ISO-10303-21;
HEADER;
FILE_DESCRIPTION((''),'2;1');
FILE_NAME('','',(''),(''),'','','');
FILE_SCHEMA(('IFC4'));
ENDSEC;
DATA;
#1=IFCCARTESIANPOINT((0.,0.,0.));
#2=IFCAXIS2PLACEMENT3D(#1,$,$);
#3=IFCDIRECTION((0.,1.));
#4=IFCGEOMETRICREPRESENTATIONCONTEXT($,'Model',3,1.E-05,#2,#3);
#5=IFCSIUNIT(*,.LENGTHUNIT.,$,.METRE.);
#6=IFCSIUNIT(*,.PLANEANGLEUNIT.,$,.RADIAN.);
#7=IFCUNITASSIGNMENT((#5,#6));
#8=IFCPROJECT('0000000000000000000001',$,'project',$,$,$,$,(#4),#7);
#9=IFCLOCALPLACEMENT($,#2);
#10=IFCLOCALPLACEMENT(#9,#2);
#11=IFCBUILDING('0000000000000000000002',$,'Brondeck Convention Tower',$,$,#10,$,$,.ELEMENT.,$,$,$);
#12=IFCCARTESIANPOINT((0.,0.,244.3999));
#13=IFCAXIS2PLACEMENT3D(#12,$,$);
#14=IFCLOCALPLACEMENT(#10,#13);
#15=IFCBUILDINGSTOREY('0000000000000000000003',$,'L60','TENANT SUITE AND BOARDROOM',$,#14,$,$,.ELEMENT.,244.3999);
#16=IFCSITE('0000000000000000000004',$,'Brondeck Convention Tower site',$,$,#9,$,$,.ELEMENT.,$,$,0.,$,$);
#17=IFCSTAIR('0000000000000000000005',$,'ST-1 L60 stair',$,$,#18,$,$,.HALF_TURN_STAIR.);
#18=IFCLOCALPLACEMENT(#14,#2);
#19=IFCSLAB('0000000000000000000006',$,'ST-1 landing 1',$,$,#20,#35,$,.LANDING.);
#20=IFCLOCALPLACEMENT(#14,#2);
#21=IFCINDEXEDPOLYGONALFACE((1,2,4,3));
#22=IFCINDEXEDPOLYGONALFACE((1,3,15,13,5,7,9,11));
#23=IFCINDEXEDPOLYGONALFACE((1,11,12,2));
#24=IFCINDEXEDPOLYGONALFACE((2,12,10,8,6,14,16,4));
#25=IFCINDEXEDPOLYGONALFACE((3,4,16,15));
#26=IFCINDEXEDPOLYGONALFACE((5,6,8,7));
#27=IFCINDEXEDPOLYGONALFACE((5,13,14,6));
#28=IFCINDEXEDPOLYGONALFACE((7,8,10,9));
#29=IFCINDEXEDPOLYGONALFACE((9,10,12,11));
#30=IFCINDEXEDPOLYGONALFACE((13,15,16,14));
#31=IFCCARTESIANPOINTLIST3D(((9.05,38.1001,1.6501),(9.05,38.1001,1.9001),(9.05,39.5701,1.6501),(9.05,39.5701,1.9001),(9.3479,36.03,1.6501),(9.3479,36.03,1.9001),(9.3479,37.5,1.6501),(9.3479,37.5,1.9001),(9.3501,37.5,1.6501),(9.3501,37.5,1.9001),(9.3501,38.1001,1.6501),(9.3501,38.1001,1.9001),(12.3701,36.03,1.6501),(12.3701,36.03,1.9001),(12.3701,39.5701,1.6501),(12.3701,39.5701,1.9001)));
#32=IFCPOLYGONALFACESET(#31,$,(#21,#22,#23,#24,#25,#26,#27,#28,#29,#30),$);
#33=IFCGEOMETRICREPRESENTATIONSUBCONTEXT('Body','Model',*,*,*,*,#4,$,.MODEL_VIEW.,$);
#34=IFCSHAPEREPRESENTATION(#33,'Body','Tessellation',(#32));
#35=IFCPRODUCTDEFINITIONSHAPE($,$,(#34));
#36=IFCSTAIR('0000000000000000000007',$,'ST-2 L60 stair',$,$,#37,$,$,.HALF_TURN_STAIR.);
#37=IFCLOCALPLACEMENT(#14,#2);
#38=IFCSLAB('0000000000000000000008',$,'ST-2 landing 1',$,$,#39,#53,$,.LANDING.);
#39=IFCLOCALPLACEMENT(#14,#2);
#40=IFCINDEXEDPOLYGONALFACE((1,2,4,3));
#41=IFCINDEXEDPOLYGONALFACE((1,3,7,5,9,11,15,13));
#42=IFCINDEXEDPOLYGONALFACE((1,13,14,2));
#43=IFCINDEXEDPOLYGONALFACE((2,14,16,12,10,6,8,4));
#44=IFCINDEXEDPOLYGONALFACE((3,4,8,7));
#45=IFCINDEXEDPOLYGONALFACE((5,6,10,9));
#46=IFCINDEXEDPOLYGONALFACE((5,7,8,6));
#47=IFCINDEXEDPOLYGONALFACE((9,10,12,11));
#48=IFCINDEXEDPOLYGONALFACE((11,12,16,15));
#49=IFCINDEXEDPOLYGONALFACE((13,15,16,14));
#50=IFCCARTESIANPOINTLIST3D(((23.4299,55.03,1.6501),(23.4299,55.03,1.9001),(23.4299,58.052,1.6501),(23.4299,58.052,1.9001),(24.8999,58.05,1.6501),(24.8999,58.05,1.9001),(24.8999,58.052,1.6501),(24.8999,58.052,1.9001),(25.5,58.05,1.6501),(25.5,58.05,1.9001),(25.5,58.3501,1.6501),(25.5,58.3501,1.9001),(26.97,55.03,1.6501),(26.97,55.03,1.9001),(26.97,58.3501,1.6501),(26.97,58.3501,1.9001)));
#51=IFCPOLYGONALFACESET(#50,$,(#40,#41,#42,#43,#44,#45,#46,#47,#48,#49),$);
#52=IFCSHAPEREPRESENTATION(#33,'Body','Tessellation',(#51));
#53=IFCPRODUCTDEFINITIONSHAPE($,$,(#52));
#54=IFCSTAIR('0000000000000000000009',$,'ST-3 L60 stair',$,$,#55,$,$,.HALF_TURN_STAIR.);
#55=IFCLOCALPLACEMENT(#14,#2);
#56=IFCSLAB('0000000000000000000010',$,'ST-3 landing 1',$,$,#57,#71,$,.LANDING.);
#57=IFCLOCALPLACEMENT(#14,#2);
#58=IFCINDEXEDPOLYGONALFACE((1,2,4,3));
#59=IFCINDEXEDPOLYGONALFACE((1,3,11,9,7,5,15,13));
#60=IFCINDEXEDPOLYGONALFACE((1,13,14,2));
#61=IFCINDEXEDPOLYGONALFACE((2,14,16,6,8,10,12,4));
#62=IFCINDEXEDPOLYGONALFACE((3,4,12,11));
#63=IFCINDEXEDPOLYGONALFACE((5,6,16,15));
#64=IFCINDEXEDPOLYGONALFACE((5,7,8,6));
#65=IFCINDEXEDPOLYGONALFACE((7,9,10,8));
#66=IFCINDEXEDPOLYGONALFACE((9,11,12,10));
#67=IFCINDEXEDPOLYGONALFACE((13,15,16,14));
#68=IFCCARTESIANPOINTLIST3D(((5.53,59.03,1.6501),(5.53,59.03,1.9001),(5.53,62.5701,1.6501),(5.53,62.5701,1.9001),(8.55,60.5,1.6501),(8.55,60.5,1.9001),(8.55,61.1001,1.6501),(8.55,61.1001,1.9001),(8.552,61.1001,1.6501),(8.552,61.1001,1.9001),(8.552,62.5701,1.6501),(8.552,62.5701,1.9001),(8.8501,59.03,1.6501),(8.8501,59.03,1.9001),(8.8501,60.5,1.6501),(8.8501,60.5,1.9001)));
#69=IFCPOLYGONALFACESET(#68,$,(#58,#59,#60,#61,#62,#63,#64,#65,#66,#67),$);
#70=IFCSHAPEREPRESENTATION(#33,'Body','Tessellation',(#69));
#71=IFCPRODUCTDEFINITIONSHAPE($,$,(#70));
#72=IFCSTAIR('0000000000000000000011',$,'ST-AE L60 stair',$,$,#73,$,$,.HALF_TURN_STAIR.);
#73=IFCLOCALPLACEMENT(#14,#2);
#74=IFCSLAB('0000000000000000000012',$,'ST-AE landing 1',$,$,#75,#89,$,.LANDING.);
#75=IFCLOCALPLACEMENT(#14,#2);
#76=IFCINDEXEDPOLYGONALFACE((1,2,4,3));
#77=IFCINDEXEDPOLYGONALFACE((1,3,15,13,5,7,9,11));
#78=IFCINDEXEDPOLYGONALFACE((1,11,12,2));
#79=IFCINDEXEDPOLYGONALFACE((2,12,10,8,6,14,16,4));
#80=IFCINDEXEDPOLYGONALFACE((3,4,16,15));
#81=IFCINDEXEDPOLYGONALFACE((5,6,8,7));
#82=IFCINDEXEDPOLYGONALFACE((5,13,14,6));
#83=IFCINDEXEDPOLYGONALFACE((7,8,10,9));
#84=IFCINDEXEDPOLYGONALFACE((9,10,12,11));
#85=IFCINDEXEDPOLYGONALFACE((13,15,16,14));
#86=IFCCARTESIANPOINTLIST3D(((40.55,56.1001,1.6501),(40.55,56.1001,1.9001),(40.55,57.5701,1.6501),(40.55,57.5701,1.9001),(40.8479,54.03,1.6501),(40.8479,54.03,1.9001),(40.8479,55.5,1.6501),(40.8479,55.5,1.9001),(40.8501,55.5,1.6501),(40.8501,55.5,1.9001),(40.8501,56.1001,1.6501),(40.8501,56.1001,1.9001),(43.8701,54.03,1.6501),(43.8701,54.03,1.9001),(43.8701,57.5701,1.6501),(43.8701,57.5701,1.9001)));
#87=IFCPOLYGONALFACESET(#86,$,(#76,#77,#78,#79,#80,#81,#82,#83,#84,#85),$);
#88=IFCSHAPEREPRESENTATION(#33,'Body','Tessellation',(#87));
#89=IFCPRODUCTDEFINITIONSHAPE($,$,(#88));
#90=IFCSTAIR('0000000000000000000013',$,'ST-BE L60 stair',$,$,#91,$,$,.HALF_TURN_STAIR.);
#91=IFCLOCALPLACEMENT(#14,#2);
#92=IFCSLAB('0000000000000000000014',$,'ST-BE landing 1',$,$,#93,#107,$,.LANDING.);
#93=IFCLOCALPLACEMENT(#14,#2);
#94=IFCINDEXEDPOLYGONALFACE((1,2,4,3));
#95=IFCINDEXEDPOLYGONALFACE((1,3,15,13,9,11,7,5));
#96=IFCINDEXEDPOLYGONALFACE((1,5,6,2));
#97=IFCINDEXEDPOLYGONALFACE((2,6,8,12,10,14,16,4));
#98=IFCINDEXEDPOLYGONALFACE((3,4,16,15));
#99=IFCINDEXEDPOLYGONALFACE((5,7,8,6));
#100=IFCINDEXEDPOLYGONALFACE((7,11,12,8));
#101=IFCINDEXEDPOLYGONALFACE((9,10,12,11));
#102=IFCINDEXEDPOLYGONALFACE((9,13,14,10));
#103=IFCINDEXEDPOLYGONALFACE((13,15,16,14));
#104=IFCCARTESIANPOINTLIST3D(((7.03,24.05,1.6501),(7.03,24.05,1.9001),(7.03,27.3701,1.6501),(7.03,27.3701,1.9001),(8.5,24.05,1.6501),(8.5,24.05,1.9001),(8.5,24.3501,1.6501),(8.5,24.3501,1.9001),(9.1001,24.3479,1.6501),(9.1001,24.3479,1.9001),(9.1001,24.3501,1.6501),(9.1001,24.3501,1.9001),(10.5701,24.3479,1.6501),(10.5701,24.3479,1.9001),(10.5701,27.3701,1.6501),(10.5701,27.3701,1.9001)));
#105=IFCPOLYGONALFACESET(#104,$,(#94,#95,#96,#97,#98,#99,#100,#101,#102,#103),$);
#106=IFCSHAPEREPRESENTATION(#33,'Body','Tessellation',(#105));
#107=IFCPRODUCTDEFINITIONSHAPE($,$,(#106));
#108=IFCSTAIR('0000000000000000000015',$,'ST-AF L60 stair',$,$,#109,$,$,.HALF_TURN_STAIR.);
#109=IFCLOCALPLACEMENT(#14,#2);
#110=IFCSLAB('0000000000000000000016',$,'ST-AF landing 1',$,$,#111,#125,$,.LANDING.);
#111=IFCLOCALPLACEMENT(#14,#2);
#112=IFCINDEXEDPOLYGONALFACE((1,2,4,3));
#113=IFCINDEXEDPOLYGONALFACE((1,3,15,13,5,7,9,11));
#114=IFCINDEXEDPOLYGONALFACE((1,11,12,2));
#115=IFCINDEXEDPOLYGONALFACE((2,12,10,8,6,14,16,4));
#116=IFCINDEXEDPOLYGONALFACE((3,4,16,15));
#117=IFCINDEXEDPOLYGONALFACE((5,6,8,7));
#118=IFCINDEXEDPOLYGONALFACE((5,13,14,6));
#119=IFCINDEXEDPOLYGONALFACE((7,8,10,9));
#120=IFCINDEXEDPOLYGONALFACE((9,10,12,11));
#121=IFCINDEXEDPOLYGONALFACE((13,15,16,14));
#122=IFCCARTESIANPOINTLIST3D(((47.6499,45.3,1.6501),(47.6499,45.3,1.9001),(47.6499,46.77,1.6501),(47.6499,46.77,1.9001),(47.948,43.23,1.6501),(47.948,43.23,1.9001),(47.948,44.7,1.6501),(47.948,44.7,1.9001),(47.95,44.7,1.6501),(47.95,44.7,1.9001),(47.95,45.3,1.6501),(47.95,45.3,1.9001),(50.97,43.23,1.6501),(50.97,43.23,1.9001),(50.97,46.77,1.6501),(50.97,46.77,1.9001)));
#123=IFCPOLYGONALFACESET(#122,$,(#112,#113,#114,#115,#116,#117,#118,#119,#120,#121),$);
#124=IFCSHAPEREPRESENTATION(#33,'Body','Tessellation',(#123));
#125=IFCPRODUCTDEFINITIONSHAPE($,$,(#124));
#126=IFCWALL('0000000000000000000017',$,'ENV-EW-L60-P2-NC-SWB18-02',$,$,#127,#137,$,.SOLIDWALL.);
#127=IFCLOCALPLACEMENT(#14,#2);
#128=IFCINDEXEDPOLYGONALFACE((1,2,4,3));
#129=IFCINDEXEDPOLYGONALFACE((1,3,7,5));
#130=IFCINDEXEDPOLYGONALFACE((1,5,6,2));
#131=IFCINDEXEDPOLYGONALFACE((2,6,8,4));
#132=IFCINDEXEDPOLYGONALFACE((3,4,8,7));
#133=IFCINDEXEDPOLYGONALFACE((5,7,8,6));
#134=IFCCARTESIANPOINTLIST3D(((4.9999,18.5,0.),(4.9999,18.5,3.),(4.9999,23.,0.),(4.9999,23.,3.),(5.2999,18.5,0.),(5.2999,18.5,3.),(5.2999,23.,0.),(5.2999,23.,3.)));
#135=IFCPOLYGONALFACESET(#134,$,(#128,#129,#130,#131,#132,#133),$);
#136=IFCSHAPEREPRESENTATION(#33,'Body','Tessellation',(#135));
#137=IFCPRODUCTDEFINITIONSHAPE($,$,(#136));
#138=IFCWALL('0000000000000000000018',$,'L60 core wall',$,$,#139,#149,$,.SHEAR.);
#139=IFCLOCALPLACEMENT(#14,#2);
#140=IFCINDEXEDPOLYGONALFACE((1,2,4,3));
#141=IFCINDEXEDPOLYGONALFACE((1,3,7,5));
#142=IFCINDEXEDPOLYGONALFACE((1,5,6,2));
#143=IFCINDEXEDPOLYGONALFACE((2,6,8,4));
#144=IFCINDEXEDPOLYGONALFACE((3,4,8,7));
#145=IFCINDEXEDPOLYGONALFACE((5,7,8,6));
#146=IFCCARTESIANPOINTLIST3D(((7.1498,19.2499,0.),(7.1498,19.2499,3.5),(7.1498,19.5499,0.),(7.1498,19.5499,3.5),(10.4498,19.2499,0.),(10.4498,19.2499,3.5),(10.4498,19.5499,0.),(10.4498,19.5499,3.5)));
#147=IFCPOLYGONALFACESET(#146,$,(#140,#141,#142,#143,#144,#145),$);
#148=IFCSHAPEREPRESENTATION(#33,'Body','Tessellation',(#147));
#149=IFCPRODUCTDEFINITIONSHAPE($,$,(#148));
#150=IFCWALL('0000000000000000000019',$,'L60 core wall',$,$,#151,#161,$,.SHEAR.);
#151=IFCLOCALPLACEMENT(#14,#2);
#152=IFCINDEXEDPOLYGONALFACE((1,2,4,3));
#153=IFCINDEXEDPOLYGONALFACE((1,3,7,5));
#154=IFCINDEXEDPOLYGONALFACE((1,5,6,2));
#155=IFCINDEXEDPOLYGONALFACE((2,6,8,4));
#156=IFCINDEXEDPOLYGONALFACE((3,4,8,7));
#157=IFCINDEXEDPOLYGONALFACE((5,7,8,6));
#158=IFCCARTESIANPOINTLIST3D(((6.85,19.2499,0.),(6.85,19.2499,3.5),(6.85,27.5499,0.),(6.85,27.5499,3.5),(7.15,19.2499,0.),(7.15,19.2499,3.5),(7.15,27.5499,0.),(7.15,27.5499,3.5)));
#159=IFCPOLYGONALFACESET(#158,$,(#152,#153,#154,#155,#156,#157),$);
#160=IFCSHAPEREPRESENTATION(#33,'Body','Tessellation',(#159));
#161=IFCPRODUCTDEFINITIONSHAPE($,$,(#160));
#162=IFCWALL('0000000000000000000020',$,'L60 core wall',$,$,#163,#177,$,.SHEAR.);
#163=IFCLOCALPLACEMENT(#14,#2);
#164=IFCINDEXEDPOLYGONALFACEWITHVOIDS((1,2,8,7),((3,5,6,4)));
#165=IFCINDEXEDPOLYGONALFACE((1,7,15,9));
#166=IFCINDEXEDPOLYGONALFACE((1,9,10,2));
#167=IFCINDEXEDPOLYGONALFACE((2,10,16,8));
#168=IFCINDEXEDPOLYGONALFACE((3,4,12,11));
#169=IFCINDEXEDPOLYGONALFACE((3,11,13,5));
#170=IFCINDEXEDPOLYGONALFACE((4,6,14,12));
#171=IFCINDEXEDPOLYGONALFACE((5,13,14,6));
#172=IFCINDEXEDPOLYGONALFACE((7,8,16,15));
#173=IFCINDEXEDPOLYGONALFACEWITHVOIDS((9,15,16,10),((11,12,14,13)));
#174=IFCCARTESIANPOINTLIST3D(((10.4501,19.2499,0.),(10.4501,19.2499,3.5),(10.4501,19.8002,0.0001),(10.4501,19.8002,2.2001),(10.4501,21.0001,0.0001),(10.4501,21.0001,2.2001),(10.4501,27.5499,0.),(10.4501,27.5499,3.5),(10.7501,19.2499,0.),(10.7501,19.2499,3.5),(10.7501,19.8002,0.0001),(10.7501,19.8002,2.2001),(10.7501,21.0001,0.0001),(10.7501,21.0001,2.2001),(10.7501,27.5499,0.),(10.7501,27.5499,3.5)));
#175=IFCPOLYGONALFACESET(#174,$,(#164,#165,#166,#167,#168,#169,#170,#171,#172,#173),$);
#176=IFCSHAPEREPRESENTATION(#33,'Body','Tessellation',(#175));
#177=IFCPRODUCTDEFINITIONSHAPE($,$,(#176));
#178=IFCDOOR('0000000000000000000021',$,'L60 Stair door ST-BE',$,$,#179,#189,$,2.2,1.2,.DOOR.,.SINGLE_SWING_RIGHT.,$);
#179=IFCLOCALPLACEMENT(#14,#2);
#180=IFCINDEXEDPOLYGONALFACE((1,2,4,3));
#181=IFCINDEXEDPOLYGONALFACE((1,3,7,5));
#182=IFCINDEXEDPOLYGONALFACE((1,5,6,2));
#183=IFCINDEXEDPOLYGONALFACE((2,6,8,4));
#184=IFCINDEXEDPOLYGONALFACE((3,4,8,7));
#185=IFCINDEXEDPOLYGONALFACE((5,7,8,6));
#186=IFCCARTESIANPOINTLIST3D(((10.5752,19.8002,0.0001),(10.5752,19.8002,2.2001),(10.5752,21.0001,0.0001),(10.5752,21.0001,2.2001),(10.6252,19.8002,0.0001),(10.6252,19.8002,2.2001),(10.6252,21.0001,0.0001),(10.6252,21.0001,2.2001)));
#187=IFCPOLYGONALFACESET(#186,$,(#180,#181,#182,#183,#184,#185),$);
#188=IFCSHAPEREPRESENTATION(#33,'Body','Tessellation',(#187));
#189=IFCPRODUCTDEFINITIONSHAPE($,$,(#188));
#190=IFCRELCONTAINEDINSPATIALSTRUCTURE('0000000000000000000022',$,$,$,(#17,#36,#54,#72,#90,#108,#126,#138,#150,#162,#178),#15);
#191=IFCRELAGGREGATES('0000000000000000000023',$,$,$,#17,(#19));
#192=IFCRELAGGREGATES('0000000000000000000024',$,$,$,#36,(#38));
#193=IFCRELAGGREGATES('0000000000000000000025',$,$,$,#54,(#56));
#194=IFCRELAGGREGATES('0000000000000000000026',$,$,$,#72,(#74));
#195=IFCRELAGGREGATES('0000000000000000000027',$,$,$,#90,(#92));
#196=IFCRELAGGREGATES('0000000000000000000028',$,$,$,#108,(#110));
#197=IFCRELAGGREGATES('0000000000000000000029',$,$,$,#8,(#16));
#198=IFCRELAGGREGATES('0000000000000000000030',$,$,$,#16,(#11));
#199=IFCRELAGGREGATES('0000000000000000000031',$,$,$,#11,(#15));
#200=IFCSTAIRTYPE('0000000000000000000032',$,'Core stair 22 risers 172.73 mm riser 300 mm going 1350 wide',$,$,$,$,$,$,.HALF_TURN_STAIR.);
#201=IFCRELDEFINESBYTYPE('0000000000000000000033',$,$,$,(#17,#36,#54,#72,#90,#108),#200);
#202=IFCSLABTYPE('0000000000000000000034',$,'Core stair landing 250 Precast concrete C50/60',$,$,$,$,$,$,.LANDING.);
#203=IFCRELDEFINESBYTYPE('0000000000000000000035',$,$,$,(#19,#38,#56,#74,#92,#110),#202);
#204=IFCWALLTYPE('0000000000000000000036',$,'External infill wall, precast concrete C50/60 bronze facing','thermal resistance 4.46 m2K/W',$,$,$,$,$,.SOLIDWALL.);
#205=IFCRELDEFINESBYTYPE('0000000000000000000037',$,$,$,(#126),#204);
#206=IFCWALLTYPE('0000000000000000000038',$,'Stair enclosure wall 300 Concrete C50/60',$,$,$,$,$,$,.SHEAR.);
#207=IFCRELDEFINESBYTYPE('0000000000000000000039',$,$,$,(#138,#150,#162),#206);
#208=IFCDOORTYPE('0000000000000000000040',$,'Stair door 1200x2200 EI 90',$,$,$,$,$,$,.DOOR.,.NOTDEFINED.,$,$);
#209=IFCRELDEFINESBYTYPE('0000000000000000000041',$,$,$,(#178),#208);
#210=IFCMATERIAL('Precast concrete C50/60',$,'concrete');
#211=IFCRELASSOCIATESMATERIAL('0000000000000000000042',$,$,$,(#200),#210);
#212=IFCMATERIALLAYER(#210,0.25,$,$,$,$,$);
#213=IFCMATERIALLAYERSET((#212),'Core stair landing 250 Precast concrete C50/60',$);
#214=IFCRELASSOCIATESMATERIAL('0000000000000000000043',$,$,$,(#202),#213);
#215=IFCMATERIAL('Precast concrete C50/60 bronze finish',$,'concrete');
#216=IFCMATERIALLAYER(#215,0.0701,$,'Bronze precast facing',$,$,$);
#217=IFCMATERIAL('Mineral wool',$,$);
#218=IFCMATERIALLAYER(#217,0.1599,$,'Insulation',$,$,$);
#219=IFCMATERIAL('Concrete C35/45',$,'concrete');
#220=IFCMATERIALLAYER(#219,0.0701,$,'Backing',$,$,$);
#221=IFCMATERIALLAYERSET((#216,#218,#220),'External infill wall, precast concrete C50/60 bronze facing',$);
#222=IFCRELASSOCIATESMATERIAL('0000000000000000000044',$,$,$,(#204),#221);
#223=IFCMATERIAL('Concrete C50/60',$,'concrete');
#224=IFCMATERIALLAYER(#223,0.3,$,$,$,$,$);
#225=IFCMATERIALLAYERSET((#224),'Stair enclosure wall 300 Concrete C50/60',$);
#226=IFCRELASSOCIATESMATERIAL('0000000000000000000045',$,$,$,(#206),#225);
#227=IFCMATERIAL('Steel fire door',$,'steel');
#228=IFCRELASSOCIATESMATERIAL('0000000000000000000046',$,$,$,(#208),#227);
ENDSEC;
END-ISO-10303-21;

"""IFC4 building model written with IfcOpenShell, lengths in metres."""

from ifc_helpers import new_model, si_unit, direction, frame, frame_2d, origin, place, context, subcontext, project, spatial, polyline, rectangle, outline, extrude, material, layer, layer_set, type_object, element, fill, aggregate, save


model = new_model("IFC4")

# Units and contexts
model_context = context("Model", 3, precision=1e-05, world=origin(), true_north=direction((0.0, 1.0)))
body_context = subcontext(model_context, "Body", "Model", "MODEL_VIEW")
ifc_project = project(units=[si_unit("LENGTHUNIT", "METRE"), si_unit("PLANEANGLEUNIT", "RADIAN")], contexts=[model_context])

# Site, building, storey
site_placement = place(None, origin())
site = spatial("IfcSite", under=ifc_project, at=site_placement, Name="Brondeck Convention Tower site", CompositionType="ELEMENT", RefElevation=0.0)
building_placement = place(site_placement, origin())
building = spatial("IfcBuilding", under=site, at=building_placement, Name="Brondeck Convention Tower", CompositionType="ELEMENT")
storey_placement = place(building_placement, frame((0.0, 0.0, 244.3999)))
storey = spatial("IfcBuildingStorey", under=building, at=storey_placement, Name="L60", Description="TENANT SUITE AND BOARDROOM", CompositionType="ELEMENT", Elevation=244.3999)

# Shared definitions
ifc_material_1 = material(Name="Concrete C50/60", Category="concrete")

# Shared definitions
ifc_material_2 = material(Name="Concrete C35/45", Category="concrete")

# Stairs, slabs
ifc_material_3 = material(Name="Precast concrete C50/60", Category="concrete")
stair_type = type_object("IfcStairType", Name="Core stair 22 risers 172.73 mm riser 300 mm going 1350 wide", PredefinedType="HALF_TURN_STAIR", material=ifc_material_3)
stair_1_placement = place(storey_placement, origin())
stair_1 = element("IfcStair", 1, at=stair_1_placement, inside=storey, type_object=stair_type, Name="ST-1 L60 stair", PredefinedType="HALF_TURN_STAIR")
ifc_layer_1 = layer(ifc_material_3, 0.25)
ifc_layer_set_1 = layer_set([ifc_layer_1], Name="Core stair landing 250 Precast concrete C50/60")
slab_type_1 = type_object("IfcSlabType", Name="Core stair landing 250 Precast concrete C50/60", PredefinedType="LANDING", material=ifc_layer_set_1)
slab_1_placement = place(storey_placement, frame((0.0, 0.0, 1.6501)))
slab_1 = element("IfcSlab", 2, at=slab_1_placement, type_object=slab_type_1, Name="ST-1 landing 1", PredefinedType="LANDING", context=body_context, shape_type="SweptSolid", body=[
    extrude(outline(polyline([(9.3479, 37.5), (9.3501, 37.5), (9.3501, 38.1001), (9.05, 38.1001), (9.05, 39.5701), (12.3701, 39.5701), (12.3701, 36.03), (9.3479, 36.03), (9.3479, 37.5)])), origin(), (0.0, 0.0, 1.0), 0.25),
])
aggregate(stair_1, [slab_1])
stair_2_placement = place(storey_placement, origin())
stair_2 = element("IfcStair", 3, at=stair_2_placement, inside=storey, type_object=stair_type, Name="ST-2 L60 stair", PredefinedType="HALF_TURN_STAIR")
slab_2_placement = place(storey_placement, frame((0.0, 0.0, 1.6501)))
slab_2 = element("IfcSlab", 4, at=slab_2_placement, type_object=slab_type_1, Name="ST-2 landing 1", PredefinedType="LANDING", context=body_context, shape_type="SweptSolid", body=[
    extrude(outline(polyline([(23.4299, 58.052), (24.8999, 58.052), (24.8999, 58.05), (25.5, 58.05), (25.5, 58.3501), (26.97, 58.3501), (26.97, 55.03), (23.4299, 55.03), (23.4299, 58.052)])), origin(), (0.0, 0.0, 1.0), 0.25),
])
aggregate(stair_2, [slab_2])
stair_3_placement = place(storey_placement, origin())
stair_3 = element("IfcStair", 5, at=stair_3_placement, inside=storey, type_object=stair_type, Name="ST-3 L60 stair", PredefinedType="HALF_TURN_STAIR")
slab_3_placement = place(storey_placement, frame((0.0, 0.0, 1.6501)))
slab_3 = element("IfcSlab", 6, at=slab_3_placement, type_object=slab_type_1, Name="ST-3 landing 1", PredefinedType="LANDING", context=body_context, shape_type="SweptSolid", body=[
    extrude(outline(polyline([(8.8501, 60.5), (8.8501, 59.03), (5.53, 59.03), (5.53, 62.5701), (8.552, 62.5701), (8.552, 61.1001), (8.55, 61.1001), (8.55, 60.5), (8.8501, 60.5)])), origin(), (0.0, 0.0, 1.0), 0.25),
])
aggregate(stair_3, [slab_3])
stair_4_placement = place(storey_placement, origin())
stair_4 = element("IfcStair", 7, at=stair_4_placement, inside=storey, type_object=stair_type, Name="ST-AE L60 stair", PredefinedType="HALF_TURN_STAIR")
slab_4_placement = place(storey_placement, frame((0.0, 0.0, 1.6501)))
slab_4 = element("IfcSlab", 8, at=slab_4_placement, type_object=slab_type_1, Name="ST-AE landing 1", PredefinedType="LANDING", context=body_context, shape_type="SweptSolid", body=[
    extrude(outline(polyline([(40.8479, 55.5), (40.8501, 55.5), (40.8501, 56.1001), (40.55, 56.1001), (40.55, 57.5701), (43.8701, 57.5701), (43.8701, 54.03), (40.8479, 54.03), (40.8479, 55.5)])), origin(), (0.0, 0.0, 1.0), 0.25),
])
aggregate(stair_4, [slab_4])
stair_5_placement = place(storey_placement, origin())
stair_5 = element("IfcStair", 9, at=stair_5_placement, inside=storey, type_object=stair_type, Name="ST-BE L60 stair", PredefinedType="HALF_TURN_STAIR")
slab_5_placement = place(storey_placement, frame((0.0, 0.0, 1.6501)))
slab_5 = element("IfcSlab", 10, at=slab_5_placement, type_object=slab_type_1, Name="ST-BE landing 1", PredefinedType="LANDING", context=body_context, shape_type="SweptSolid", body=[
    extrude(outline(polyline([(7.03, 24.05), (7.03, 27.3701), (10.5701, 27.3701), (10.5701, 24.3479), (9.1001, 24.3479), (9.1001, 24.3501), (8.5, 24.3501), (8.5, 24.05), (7.03, 24.05)])), origin(), (0.0, 0.0, 1.0), 0.25),
])
aggregate(stair_5, [slab_5])
stair_6_placement = place(storey_placement, origin())
stair_6 = element("IfcStair", 11, at=stair_6_placement, inside=storey, type_object=stair_type, Name="ST-AF L60 stair", PredefinedType="HALF_TURN_STAIR")
slab_6_placement = place(storey_placement, frame((0.0, 0.0, 1.6501)))
slab_6 = element("IfcSlab", 12, at=slab_6_placement, type_object=slab_type_1, Name="ST-AF landing 1", PredefinedType="LANDING", context=body_context, shape_type="SweptSolid", body=[
    extrude(outline(polyline([(47.948, 44.7), (47.95, 44.7), (47.95, 45.3), (47.6499, 45.3), (47.6499, 46.77), (50.97, 46.77), (50.97, 43.23), (47.948, 43.23), (47.948, 44.7)])), origin(), (0.0, 0.0, 1.0), 0.25),
])
aggregate(stair_6, [slab_6])

# Walls
ifc_material_4 = material(Name="Precast concrete C50/60 bronze finish", Category="concrete")
ifc_layer_2 = layer(ifc_material_4, 0.0701, Name="Bronze precast facing")
ifc_material_5 = material(Name="Mineral wool")
ifc_layer_3 = layer(ifc_material_5, 0.1599, Name="Insulation")
ifc_layer_4 = layer(ifc_material_2, 0.0701, Name="Backing")
ifc_layer_set_2 = layer_set([ifc_layer_2, ifc_layer_3, ifc_layer_4], Name="External infill wall, precast concrete C50/60 bronze facing")
wall_type_1 = type_object("IfcWallType", Name="External infill wall, precast concrete C50/60 bronze facing", Description="thermal resistance 4.46 m2K/W", PredefinedType="SOLIDWALL", material=ifc_layer_set_2)
wall_1_placement = place(storey_placement, frame((5.1499, 18.5, 0.0), z_axis=(0.0, 0.0, 1.0), x_axis=(0.0, 1.0, 0.0)))
element("IfcWall", 13, at=wall_1_placement, inside=storey, type_object=wall_type_1, Name="ENV-EW-L60-P2-NC-SWB18-02", PredefinedType="SOLIDWALL", context=body_context, shape_type="SweptSolid", body=[
    extrude(rectangle(XDim=4.5, YDim=0.3, at=frame_2d((2.25, 0.0))), origin(), (0.0, 0.0, 1.0), 3.0),
])
ifc_layer_5 = layer(ifc_material_1, 0.3)
ifc_layer_set_3 = layer_set([ifc_layer_5], Name="Stair enclosure wall 300 Concrete C50/60")
wall_type_2 = type_object("IfcWallType", Name="Stair enclosure wall 300 Concrete C50/60", PredefinedType="SHEAR", material=ifc_layer_set_3)
wall_2_placement = place(storey_placement, frame((7.1499, 19.3999, 0.0), z_axis=(0.0, 0.0, 1.0), x_axis=(1.0, 0.0, 0.0)))
element("IfcWall", 14, at=wall_2_placement, inside=storey, type_object=wall_type_2, Name="L60 core wall", PredefinedType="SHEAR", context=body_context, shape_type="SweptSolid", body=[
    extrude(rectangle(XDim=3.3, YDim=0.3, at=frame_2d((1.6499, 0.0))), origin(), (0.0, 0.0, 1.0), 3.5),
])
wall_3_placement = place(storey_placement, frame((7.0, 19.25, 0.0), z_axis=(0.0, 0.0, 1.0), x_axis=(0.0, 1.0, 0.0)))
element("IfcWall", 15, at=wall_3_placement, inside=storey, type_object=wall_type_2, Name="L60 core wall", PredefinedType="SHEAR", context=body_context, shape_type="SweptSolid", body=[
    extrude(rectangle(XDim=8.3, YDim=0.3, at=frame_2d((4.1499, 0.0))), origin(), (0.0, 0.0, 1.0), 3.5),
])

# Wall, opening, door
wall_4_placement = place(storey_placement, frame((10.6001, 19.25, 0.0), z_axis=(0.0, 0.0, 1.0), x_axis=(0.0, 1.0, 0.0)))
wall_4 = element("IfcWall", 16, at=wall_4_placement, inside=storey, type_object=wall_type_2, Name="L60 core wall", PredefinedType="SHEAR", context=body_context, shape_type="SweptSolid", body=[
    extrude(rectangle(XDim=8.3, YDim=0.3, at=frame_2d((4.1499, 0.0))), origin(), (0.0, 0.0, 1.0), 3.5),
])
opening_placement = place(wall_4_placement, frame((0.55, 0.0, 0.0)))
opening = element("IfcOpeningElement", 17, at=opening_placement, cuts=wall_4, PredefinedType="OPENING", context=body_context, shape_type="SweptSolid", body=[
    extrude(rectangle(XDim=1.2, YDim=2.2, at=frame_2d((0.6001, 1.1001))), frame((0.0, 0.1599, 0.0), z_axis=(0.0, -1.0, 0.0), x_axis=(1.0, 0.0, 0.0)), (0.0, 0.0, 1.0), 0.3201),
])
ifc_material_6 = material(Name="Steel fire door", Category="steel")
door_type = type_object("IfcDoorType", Name="Stair door 1200x2200 EI 90", OperationType="NOTDEFINED", PredefinedType="DOOR", material=ifc_material_6)
door_placement = place(opening_placement, origin())
door = element("IfcDoor", 18, at=door_placement, inside=storey, type_object=door_type, Name="L60 Stair door ST-BE", OperationType="SINGLE_SWING_RIGHT", OverallHeight=2.2, OverallWidth=1.2, PredefinedType="DOOR", context=body_context, shape_type="SweptSolid", body=[
    extrude(rectangle(XDim=1.2, YDim=2.2, at=frame_2d((0.6001, 1.1001))), frame((0.0, 0.0249, 0.0), z_axis=(0.0, -1.0, 0.0), x_axis=(1.0, 0.0, 0.0)), (0.0, 0.0, 1.0), 0.05),
])
fill(opening, door)

save(model, "model.ifc")
